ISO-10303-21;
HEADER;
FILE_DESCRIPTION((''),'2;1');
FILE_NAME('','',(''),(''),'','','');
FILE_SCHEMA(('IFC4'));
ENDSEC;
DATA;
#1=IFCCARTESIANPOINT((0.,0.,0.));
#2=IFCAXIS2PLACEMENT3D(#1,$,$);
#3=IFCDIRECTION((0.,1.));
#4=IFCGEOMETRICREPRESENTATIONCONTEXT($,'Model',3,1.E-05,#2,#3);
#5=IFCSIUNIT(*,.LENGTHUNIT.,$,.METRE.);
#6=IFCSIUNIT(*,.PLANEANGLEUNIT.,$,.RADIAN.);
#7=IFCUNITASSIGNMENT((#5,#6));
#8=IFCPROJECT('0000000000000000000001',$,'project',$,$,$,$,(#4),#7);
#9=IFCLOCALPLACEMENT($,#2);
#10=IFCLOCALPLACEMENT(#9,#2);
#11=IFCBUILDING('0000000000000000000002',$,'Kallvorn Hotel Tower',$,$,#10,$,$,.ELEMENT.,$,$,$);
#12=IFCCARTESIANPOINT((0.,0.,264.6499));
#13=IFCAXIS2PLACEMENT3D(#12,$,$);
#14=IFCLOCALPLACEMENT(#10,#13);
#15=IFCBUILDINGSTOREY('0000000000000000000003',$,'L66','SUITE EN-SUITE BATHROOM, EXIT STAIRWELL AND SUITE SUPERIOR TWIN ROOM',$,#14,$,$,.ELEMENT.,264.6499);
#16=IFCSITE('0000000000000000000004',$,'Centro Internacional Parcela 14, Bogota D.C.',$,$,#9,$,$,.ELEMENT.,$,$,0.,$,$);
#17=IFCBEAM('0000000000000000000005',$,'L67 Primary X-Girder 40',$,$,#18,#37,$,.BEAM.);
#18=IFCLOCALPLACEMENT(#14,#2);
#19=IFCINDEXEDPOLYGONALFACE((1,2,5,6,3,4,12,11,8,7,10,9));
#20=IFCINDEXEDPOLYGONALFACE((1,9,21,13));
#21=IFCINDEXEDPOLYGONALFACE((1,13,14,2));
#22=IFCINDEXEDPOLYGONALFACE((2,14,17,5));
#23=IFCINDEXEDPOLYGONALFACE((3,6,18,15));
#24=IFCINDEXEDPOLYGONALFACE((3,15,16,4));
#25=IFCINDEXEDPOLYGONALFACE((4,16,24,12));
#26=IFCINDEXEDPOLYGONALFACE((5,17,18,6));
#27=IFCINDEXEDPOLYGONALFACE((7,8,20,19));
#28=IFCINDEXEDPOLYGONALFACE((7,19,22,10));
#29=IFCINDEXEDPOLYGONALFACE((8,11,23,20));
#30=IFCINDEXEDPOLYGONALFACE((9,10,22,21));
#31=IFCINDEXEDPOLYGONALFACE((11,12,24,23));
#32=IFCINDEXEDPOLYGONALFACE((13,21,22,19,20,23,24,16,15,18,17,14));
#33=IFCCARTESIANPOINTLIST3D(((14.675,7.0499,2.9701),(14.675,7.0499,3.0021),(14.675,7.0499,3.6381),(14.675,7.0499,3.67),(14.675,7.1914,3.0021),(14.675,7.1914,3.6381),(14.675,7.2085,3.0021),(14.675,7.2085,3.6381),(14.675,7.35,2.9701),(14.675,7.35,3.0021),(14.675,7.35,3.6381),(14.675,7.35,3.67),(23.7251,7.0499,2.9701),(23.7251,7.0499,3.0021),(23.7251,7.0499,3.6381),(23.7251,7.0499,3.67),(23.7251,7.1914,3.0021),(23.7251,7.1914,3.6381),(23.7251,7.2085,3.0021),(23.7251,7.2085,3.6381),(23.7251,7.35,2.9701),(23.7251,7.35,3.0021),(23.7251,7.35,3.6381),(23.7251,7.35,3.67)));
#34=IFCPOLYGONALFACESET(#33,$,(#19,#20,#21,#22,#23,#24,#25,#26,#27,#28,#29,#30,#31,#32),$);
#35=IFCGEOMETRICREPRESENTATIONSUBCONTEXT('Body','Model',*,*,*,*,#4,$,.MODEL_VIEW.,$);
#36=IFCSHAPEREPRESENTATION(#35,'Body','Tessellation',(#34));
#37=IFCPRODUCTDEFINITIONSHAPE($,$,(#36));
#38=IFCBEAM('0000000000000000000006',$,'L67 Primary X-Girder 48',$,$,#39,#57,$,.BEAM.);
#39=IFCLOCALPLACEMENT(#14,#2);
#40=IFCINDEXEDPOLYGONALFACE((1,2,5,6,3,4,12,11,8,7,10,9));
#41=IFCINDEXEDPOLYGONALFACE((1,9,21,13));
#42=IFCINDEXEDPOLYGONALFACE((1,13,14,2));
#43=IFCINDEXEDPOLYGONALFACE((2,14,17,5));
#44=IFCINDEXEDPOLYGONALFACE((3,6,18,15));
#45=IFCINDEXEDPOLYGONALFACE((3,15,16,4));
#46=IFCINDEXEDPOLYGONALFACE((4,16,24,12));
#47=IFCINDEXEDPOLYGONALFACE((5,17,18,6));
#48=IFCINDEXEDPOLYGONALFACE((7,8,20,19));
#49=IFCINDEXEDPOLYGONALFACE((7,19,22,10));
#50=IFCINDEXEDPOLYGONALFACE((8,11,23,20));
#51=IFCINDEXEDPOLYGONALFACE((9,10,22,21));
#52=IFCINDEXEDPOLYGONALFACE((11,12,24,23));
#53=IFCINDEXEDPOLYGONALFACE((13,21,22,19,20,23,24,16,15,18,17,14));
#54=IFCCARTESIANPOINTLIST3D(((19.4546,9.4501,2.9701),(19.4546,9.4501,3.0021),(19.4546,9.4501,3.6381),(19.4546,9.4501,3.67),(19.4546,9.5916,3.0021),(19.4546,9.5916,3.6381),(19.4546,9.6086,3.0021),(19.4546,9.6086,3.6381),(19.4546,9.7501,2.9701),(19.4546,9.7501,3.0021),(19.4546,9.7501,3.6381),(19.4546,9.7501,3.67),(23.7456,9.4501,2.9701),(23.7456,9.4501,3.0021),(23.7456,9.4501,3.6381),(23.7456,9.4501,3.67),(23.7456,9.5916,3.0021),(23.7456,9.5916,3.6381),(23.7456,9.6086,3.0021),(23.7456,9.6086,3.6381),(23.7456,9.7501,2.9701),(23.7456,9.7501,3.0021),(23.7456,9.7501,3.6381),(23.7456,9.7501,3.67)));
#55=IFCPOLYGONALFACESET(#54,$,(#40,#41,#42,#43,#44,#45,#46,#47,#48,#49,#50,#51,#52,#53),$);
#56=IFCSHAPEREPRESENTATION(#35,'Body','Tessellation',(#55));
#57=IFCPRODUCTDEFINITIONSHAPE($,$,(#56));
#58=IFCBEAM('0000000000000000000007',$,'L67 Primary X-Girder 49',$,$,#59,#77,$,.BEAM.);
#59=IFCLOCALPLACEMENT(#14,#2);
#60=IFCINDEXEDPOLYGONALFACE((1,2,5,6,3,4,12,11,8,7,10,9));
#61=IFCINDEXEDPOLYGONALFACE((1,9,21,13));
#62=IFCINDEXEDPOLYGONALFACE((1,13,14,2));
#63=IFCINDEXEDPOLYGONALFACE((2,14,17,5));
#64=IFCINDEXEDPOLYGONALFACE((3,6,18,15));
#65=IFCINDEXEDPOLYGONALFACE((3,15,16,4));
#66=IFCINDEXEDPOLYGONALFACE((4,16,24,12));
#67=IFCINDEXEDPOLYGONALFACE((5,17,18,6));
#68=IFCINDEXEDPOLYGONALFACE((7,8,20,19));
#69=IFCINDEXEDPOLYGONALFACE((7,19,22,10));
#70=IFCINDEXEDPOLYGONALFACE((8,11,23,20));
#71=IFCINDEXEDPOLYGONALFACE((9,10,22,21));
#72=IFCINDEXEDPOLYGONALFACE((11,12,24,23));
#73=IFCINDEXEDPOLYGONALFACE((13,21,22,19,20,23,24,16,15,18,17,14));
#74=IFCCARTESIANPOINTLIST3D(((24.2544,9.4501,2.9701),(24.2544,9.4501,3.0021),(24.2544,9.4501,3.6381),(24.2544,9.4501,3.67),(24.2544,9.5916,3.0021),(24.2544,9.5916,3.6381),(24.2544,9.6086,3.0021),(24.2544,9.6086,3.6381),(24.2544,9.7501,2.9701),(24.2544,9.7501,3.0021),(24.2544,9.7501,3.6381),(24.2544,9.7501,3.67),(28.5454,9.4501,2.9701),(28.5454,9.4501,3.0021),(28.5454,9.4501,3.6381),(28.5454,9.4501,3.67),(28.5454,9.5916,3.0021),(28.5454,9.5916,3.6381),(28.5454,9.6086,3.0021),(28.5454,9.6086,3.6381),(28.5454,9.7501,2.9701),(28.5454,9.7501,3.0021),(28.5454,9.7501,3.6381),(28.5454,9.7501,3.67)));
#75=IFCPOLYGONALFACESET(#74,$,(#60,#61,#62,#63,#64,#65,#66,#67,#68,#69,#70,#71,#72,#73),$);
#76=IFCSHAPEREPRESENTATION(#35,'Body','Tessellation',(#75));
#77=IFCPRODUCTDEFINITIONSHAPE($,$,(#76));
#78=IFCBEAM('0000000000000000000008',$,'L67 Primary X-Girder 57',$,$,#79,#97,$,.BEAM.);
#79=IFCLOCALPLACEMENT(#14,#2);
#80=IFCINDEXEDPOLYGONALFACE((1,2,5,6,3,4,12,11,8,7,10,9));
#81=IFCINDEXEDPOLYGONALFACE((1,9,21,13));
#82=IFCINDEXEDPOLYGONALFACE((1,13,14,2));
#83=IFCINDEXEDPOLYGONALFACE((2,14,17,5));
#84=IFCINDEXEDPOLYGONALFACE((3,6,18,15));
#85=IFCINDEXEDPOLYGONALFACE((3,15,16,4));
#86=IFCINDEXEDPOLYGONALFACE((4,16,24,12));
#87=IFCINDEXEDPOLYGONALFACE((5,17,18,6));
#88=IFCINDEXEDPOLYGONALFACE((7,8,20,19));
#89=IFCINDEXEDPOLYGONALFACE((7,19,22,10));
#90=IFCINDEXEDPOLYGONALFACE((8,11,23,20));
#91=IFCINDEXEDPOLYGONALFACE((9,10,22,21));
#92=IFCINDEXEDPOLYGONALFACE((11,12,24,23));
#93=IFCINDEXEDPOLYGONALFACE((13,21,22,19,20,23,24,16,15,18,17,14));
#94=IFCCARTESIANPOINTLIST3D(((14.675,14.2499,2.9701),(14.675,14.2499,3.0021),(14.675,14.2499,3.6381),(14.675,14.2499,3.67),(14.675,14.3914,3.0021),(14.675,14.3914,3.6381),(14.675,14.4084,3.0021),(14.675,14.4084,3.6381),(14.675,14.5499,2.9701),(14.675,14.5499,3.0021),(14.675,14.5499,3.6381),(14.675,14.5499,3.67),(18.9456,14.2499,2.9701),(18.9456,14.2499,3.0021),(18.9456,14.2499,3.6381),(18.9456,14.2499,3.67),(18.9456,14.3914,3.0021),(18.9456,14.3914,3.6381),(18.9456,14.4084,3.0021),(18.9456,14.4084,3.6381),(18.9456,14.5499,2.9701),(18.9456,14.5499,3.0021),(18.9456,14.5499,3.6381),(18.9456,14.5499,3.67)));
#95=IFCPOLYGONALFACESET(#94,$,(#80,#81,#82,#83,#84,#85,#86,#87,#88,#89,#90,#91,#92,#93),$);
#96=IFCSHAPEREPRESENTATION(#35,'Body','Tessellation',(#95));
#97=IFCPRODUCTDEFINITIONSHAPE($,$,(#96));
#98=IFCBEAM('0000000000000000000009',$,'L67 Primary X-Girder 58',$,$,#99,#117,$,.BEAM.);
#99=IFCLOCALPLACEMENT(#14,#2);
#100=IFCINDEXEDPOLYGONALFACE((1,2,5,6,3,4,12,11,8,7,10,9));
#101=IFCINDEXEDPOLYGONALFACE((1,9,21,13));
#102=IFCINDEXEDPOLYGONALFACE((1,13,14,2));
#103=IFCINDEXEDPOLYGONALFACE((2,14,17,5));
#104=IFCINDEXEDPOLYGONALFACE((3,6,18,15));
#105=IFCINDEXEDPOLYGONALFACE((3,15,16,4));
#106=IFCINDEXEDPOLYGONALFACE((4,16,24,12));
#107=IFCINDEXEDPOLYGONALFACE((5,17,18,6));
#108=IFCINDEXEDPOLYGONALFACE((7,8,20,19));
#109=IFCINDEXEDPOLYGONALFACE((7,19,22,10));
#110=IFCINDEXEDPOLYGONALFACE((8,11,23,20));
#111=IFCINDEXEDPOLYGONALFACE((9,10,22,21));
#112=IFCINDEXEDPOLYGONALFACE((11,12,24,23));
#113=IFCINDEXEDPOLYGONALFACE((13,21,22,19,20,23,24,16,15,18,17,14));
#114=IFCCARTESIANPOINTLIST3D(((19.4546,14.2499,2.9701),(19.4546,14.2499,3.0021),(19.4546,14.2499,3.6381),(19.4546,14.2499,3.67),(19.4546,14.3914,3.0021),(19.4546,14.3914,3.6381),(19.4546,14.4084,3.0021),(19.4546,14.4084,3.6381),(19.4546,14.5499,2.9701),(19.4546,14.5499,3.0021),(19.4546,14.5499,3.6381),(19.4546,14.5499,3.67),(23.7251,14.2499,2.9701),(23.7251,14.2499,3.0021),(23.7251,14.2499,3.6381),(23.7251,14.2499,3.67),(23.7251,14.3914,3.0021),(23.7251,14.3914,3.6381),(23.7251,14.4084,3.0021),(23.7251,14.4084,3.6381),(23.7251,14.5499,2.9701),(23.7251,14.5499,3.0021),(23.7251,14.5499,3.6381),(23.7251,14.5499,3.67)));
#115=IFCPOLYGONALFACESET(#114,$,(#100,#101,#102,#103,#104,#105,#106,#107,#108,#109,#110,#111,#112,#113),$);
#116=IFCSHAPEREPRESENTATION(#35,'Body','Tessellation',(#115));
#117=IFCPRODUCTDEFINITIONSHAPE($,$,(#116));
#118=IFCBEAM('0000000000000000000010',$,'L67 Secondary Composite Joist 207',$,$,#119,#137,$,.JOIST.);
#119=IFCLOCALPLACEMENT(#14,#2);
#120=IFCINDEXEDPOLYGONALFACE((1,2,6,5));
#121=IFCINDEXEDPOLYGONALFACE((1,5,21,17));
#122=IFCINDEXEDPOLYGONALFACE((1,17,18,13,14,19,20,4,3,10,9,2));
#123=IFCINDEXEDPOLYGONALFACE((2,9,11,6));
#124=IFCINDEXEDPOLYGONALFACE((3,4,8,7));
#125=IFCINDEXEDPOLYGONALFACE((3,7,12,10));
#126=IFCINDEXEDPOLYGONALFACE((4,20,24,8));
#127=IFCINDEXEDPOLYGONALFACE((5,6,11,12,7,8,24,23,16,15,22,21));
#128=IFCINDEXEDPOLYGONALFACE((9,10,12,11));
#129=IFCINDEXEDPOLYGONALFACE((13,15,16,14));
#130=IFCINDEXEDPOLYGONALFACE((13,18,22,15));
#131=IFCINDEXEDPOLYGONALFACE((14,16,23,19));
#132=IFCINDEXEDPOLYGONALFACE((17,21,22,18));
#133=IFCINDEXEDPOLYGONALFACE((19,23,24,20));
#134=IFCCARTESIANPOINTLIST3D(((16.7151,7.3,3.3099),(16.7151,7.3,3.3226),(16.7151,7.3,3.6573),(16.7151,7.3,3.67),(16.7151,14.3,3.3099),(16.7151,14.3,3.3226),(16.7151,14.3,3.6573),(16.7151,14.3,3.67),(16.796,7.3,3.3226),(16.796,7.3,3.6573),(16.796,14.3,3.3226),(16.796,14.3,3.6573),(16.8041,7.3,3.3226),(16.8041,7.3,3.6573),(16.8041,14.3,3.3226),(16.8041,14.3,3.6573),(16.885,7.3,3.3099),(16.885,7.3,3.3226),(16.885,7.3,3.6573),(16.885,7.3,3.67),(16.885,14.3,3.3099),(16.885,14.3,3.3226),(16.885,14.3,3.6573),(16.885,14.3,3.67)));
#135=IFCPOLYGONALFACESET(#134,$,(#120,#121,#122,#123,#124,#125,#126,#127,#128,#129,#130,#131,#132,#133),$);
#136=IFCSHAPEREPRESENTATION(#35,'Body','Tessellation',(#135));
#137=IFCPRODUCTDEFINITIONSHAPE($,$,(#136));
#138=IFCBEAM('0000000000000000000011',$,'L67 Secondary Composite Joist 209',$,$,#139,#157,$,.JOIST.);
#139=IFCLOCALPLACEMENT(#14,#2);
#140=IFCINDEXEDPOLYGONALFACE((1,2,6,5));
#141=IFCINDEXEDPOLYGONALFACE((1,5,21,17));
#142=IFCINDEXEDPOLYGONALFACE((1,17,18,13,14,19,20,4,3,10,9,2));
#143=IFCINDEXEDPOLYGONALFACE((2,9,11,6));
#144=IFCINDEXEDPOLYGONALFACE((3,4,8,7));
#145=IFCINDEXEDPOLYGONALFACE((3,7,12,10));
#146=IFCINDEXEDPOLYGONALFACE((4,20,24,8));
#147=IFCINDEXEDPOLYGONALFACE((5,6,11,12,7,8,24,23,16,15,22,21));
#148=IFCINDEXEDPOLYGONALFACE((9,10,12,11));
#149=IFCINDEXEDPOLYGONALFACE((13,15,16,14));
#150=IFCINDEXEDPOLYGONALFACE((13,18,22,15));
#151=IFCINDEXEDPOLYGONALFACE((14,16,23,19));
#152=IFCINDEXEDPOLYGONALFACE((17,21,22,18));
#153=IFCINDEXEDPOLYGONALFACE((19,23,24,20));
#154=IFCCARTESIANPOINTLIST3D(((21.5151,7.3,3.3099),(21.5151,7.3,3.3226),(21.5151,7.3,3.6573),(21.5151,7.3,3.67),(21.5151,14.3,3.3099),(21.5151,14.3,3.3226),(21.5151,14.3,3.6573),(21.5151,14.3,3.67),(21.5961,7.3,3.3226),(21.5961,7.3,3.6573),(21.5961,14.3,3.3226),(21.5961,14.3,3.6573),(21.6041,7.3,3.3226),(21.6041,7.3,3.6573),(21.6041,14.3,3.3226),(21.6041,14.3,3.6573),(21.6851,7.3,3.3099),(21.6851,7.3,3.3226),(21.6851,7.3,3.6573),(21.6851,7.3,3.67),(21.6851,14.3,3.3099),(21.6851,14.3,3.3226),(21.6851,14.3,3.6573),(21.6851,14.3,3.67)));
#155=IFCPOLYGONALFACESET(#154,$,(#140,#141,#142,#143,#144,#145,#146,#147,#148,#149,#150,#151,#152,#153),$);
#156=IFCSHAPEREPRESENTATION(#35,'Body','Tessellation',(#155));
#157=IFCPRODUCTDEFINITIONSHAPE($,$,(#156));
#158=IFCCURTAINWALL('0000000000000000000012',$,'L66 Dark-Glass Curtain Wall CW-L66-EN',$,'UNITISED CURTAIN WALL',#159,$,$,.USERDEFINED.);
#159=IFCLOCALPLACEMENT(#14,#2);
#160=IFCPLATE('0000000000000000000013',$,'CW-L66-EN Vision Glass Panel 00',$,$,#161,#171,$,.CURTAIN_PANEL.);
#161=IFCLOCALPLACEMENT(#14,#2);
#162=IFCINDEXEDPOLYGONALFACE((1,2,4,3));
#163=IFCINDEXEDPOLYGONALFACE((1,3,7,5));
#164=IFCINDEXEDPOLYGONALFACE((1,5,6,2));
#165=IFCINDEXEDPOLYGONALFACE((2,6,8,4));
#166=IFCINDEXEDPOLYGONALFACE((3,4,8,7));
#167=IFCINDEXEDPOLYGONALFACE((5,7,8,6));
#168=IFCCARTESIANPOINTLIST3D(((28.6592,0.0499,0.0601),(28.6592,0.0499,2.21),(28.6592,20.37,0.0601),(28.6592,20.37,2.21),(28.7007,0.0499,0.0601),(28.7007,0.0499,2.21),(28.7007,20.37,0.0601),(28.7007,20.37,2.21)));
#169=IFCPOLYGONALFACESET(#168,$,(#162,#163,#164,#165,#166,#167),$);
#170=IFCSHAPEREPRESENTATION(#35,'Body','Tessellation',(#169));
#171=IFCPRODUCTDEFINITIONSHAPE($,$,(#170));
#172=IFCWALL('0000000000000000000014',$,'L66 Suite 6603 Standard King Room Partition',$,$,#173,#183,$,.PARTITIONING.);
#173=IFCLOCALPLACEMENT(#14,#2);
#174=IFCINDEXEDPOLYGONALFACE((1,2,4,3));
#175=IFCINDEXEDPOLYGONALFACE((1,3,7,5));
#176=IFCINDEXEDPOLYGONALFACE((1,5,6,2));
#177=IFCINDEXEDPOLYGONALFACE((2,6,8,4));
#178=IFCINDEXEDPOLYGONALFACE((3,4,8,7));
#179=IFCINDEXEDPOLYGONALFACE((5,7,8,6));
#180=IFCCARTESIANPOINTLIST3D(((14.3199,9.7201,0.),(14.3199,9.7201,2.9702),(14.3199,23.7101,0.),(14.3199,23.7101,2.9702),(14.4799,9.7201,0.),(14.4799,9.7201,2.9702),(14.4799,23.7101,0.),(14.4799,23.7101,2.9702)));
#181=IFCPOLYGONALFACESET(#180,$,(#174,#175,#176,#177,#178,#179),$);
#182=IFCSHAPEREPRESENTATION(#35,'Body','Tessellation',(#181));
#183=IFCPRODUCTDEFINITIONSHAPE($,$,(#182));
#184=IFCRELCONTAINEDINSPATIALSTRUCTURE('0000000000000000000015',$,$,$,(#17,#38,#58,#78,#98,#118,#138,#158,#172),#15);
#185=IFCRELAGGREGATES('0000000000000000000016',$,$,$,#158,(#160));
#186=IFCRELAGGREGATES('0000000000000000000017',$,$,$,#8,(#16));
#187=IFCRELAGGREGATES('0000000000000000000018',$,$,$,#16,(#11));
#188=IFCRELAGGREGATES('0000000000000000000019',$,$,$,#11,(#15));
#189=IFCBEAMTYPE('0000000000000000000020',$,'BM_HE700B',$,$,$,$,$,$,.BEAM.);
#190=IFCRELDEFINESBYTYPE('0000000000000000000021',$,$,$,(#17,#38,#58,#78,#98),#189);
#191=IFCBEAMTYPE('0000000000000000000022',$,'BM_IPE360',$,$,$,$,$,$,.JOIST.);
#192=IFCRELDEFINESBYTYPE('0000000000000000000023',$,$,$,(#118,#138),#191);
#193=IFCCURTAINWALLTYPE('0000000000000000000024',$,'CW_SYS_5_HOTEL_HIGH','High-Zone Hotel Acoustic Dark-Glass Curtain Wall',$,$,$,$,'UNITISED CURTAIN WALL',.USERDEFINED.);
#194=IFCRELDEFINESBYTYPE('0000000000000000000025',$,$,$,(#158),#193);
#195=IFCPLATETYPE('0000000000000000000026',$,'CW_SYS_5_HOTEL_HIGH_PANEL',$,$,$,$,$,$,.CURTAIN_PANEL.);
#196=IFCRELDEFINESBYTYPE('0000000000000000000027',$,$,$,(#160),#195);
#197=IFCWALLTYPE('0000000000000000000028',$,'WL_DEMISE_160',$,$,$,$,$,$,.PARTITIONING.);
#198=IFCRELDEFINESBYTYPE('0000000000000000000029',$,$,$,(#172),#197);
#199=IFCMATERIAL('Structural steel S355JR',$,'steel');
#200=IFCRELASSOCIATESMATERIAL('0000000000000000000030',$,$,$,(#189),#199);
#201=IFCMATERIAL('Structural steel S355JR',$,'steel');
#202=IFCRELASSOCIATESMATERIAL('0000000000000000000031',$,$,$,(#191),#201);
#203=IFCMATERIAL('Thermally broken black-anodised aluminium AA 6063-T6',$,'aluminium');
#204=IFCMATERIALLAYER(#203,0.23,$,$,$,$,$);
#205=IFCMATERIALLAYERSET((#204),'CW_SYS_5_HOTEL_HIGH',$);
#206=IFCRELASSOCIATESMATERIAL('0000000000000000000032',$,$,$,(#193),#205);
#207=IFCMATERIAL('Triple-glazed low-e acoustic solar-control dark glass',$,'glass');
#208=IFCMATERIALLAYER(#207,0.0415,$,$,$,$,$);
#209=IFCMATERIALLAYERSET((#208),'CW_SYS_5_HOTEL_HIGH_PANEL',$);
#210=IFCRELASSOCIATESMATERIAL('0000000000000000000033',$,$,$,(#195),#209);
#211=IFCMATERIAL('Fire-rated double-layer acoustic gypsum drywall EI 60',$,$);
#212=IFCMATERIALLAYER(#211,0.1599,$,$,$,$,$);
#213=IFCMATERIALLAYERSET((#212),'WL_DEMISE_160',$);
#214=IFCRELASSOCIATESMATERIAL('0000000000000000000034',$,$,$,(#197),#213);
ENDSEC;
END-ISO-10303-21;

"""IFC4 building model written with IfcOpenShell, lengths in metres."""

from ifc_helpers import new_model, si_unit, direction, frame, frame_2d, origin, origin_2d, place, context, subcontext, project, spatial, rectangle, i_section, extrude, material, layer, layer_set, material_profile, profile_set, type_object, element, aggregate, save


model = new_model("IFC4")

# Units and contexts
model_context = context("Model", 3, precision=1e-05, world=origin(), true_north=direction((0.0, 1.0)))
body_context = subcontext(model_context, "Body", "Model", "MODEL_VIEW")
ifc_project = project(units=[si_unit("LENGTHUNIT", "METRE"), si_unit("PLANEANGLEUNIT", "RADIAN")], contexts=[model_context])

# Site, building, storey
site_placement = place(None, origin())
site = spatial("IfcSite", under=ifc_project, at=site_placement, Name="Centro Internacional Parcela 14, Bogota D.C.", CompositionType="ELEMENT", RefElevation=0.0)
building_placement = place(site_placement, origin())
building = spatial("IfcBuilding", under=site, at=building_placement, Name="Kallvorn Hotel Tower", CompositionType="ELEMENT")
storey_placement = place(building_placement, frame((0.0, 0.0, 264.6499)))
storey = spatial("IfcBuildingStorey", under=building, at=storey_placement, Name="L66", Description="SUITE EN-SUITE BATHROOM, EXIT STAIRWELL AND SUITE SUPERIOR TWIN ROOM", CompositionType="ELEMENT", Elevation=264.6499)

# Beams
ifc_material_1 = material(Name="Structural steel S355JR", Category="steel")
ifc_material_profile_1 = material_profile(ifc_material_1, i_section(OverallWidth=0.3, OverallDepth=0.7, WebThickness=0.0171, FlangeThickness=0.032, at=origin_2d()), Name="HE 700 B")
ifc_profile_set_1 = profile_set([ifc_material_profile_1], Name="Structural steel S355JR")
beam_type_1 = type_object("IfcBeamType", Name="BM_HE700B", PredefinedType="BEAM", material=ifc_profile_set_1)
beam_1_placement = place(storey_placement, frame((14.675, 7.2, 3.3201), z_axis=(1.0, 0.0, 0.0), x_axis=(0.0, 1.0, 0.0)))
element("IfcBeam", 1, at=beam_1_placement, inside=storey, type_object=beam_type_1, Name="L67 Primary X-Girder 40", PredefinedType="BEAM", context=body_context, shape_type="SweptSolid", body=[
    extrude(i_section(OverallWidth=0.3, OverallDepth=0.7, WebThickness=0.0171, FlangeThickness=0.032, at=origin_2d()), origin(), (0.0, 0.0, 1.0), 9.05),
])
for number, where, z_axis, x_axis, name in (
    (2, (19.4546, 9.6001, 3.3201), (1.0, 0.0, 0.0), (0.0, 1.0, 0.0), "L67 Primary X-Girder 48"),
    (3, (24.2544, 9.6001, 3.3201), (1.0, 0.0, 0.0), (0.0, 1.0, 0.0), "L67 Primary X-Girder 49"),
):
    element("IfcBeam", number, at=place(storey_placement, frame(where, z_axis=z_axis, x_axis=x_axis)), inside=storey, type_object=beam_type_1, Name=name, PredefinedType="BEAM", context=body_context, shape_type="SweptSolid", body=[
        extrude(i_section(OverallWidth=0.3, OverallDepth=0.7, WebThickness=0.0171, FlangeThickness=0.032, at=origin_2d()), origin(), (0.0, 0.0, 1.0), 4.291),
    ])
for number, where, z_axis, x_axis, name in (
    (4, (14.675, 14.3999, 3.3201), (1.0, 0.0, 0.0), (0.0, 1.0, 0.0), "L67 Primary X-Girder 57"),
    (5, (19.4546, 14.3999, 3.3201), (1.0, 0.0, 0.0), (0.0, 1.0, 0.0), "L67 Primary X-Girder 58"),
):
    element("IfcBeam", number, at=place(storey_placement, frame(where, z_axis=z_axis, x_axis=x_axis)), inside=storey, type_object=beam_type_1, Name=name, PredefinedType="BEAM", context=body_context, shape_type="SweptSolid", body=[
        extrude(i_section(OverallWidth=0.3, OverallDepth=0.7, WebThickness=0.0171, FlangeThickness=0.032, at=origin_2d()), origin(), (0.0, 0.0, 1.0), 4.2705),
    ])
ifc_material_2 = material(Name="Structural steel S355JR", Category="steel")
ifc_material_profile_2 = material_profile(ifc_material_2, i_section(OverallWidth=0.1699, OverallDepth=0.3601, WebThickness=0.0081, FlangeThickness=0.0127, at=origin_2d()), Name="IPE 360")
ifc_profile_set_2 = profile_set([ifc_material_profile_2], Name="Structural steel S355JR")
beam_type_2 = type_object("IfcBeamType", Name="BM_IPE360", PredefinedType="JOIST", material=ifc_profile_set_2)
for number, where, z_axis, x_axis, name in (
    (6, (16.8, 7.3, 3.49), (0.0, 1.0, 0.0), (-1.0, 0.0, 0.0), "L67 Secondary Composite Joist 207"),
    (7, (21.6001, 7.3, 3.49), (0.0, 1.0, 0.0), (-1.0, 0.0, 0.0), "L67 Secondary Composite Joist 209"),
):
    element("IfcBeam", number, at=place(storey_placement, frame(where, z_axis=z_axis, x_axis=x_axis)), inside=storey, type_object=beam_type_2, Name=name, PredefinedType="JOIST", context=body_context, shape_type="SweptSolid", body=[
        extrude(i_section(OverallWidth=0.1699, OverallDepth=0.3601, WebThickness=0.0081, FlangeThickness=0.0127, at=origin_2d()), origin(), (0.0, 0.0, 1.0), 7.0),
    ])

# Curtain wall, plate
ifc_material_3 = material(Name="Thermally broken black-anodised aluminium AA 6063-T6", Category="aluminium")
ifc_layer_1 = layer(ifc_material_3, 0.23)
ifc_layer_set_1 = layer_set([ifc_layer_1], Name="CW_SYS_5_HOTEL_HIGH")
curtain_wall_type = type_object("IfcCurtainWallType", Name="CW_SYS_5_HOTEL_HIGH", Description="High-Zone Hotel Acoustic Dark-Glass Curtain Wall", ElementType="UNITISED CURTAIN WALL", PredefinedType="USERDEFINED", material=ifc_layer_set_1)
curtain_wall_placement = place(storey_placement, origin())
curtain_wall = element("IfcCurtainWall", 8, at=curtain_wall_placement, inside=storey, type_object=curtain_wall_type, Name="L66 Dark-Glass Curtain Wall CW-L66-EN", ObjectType="UNITISED CURTAIN WALL", PredefinedType="USERDEFINED")
ifc_material_4 = material(Name="Triple-glazed low-e acoustic solar-control dark glass", Category="glass")
ifc_layer_2 = layer(ifc_material_4, 0.0415)
ifc_layer_set_2 = layer_set([ifc_layer_2], Name="CW_SYS_5_HOTEL_HIGH_PANEL")
plate_type = type_object("IfcPlateType", Name="CW_SYS_5_HOTEL_HIGH_PANEL", PredefinedType="CURTAIN_PANEL", material=ifc_layer_set_2)
plate_placement = place(storey_placement, frame((28.6799, 10.21, 0.0601), z_axis=(0.0, 0.0, 1.0), x_axis=(0.0, 1.0, 0.0)))
plate = element("IfcPlate", 9, at=plate_placement, type_object=plate_type, Name="CW-L66-EN Vision Glass Panel 00", PredefinedType="CURTAIN_PANEL", context=body_context, shape_type="SweptSolid", body=[
    extrude(rectangle(XDim=20.3201, YDim=0.0415, at=origin_2d()), origin(), (0.0, 0.0, 1.0), 2.1499),
])
aggregate(curtain_wall, [plate])

# Wall
ifc_material_5 = material(Name="Fire-rated double-layer acoustic gypsum drywall EI 60")
ifc_layer_3 = layer(ifc_material_5, 0.1599)
ifc_layer_set_3 = layer_set([ifc_layer_3], Name="WL_DEMISE_160")
wall_type_1 = type_object("IfcWallType", Name="WL_DEMISE_160", PredefinedType="PARTITIONING", material=ifc_layer_set_3)
wall_1_placement = place(storey_placement, frame((14.3999, 9.72, 0.0), z_axis=(0.0, 0.0, 1.0), x_axis=(0.0, 1.0, 0.0)))
element("IfcWall", 10, at=wall_1_placement, inside=storey, type_object=wall_type_1, Name="L66 Suite 6603 Standard King Room Partition", PredefinedType="PARTITIONING", context=body_context, shape_type="SweptSolid", body=[
    extrude(rectangle(XDim=13.99, YDim=0.1599, at=frame_2d((6.9951, 0.0))), origin(), (0.0, 0.0, 1.0), 2.9702),
])

save(model, "model.ifc")
